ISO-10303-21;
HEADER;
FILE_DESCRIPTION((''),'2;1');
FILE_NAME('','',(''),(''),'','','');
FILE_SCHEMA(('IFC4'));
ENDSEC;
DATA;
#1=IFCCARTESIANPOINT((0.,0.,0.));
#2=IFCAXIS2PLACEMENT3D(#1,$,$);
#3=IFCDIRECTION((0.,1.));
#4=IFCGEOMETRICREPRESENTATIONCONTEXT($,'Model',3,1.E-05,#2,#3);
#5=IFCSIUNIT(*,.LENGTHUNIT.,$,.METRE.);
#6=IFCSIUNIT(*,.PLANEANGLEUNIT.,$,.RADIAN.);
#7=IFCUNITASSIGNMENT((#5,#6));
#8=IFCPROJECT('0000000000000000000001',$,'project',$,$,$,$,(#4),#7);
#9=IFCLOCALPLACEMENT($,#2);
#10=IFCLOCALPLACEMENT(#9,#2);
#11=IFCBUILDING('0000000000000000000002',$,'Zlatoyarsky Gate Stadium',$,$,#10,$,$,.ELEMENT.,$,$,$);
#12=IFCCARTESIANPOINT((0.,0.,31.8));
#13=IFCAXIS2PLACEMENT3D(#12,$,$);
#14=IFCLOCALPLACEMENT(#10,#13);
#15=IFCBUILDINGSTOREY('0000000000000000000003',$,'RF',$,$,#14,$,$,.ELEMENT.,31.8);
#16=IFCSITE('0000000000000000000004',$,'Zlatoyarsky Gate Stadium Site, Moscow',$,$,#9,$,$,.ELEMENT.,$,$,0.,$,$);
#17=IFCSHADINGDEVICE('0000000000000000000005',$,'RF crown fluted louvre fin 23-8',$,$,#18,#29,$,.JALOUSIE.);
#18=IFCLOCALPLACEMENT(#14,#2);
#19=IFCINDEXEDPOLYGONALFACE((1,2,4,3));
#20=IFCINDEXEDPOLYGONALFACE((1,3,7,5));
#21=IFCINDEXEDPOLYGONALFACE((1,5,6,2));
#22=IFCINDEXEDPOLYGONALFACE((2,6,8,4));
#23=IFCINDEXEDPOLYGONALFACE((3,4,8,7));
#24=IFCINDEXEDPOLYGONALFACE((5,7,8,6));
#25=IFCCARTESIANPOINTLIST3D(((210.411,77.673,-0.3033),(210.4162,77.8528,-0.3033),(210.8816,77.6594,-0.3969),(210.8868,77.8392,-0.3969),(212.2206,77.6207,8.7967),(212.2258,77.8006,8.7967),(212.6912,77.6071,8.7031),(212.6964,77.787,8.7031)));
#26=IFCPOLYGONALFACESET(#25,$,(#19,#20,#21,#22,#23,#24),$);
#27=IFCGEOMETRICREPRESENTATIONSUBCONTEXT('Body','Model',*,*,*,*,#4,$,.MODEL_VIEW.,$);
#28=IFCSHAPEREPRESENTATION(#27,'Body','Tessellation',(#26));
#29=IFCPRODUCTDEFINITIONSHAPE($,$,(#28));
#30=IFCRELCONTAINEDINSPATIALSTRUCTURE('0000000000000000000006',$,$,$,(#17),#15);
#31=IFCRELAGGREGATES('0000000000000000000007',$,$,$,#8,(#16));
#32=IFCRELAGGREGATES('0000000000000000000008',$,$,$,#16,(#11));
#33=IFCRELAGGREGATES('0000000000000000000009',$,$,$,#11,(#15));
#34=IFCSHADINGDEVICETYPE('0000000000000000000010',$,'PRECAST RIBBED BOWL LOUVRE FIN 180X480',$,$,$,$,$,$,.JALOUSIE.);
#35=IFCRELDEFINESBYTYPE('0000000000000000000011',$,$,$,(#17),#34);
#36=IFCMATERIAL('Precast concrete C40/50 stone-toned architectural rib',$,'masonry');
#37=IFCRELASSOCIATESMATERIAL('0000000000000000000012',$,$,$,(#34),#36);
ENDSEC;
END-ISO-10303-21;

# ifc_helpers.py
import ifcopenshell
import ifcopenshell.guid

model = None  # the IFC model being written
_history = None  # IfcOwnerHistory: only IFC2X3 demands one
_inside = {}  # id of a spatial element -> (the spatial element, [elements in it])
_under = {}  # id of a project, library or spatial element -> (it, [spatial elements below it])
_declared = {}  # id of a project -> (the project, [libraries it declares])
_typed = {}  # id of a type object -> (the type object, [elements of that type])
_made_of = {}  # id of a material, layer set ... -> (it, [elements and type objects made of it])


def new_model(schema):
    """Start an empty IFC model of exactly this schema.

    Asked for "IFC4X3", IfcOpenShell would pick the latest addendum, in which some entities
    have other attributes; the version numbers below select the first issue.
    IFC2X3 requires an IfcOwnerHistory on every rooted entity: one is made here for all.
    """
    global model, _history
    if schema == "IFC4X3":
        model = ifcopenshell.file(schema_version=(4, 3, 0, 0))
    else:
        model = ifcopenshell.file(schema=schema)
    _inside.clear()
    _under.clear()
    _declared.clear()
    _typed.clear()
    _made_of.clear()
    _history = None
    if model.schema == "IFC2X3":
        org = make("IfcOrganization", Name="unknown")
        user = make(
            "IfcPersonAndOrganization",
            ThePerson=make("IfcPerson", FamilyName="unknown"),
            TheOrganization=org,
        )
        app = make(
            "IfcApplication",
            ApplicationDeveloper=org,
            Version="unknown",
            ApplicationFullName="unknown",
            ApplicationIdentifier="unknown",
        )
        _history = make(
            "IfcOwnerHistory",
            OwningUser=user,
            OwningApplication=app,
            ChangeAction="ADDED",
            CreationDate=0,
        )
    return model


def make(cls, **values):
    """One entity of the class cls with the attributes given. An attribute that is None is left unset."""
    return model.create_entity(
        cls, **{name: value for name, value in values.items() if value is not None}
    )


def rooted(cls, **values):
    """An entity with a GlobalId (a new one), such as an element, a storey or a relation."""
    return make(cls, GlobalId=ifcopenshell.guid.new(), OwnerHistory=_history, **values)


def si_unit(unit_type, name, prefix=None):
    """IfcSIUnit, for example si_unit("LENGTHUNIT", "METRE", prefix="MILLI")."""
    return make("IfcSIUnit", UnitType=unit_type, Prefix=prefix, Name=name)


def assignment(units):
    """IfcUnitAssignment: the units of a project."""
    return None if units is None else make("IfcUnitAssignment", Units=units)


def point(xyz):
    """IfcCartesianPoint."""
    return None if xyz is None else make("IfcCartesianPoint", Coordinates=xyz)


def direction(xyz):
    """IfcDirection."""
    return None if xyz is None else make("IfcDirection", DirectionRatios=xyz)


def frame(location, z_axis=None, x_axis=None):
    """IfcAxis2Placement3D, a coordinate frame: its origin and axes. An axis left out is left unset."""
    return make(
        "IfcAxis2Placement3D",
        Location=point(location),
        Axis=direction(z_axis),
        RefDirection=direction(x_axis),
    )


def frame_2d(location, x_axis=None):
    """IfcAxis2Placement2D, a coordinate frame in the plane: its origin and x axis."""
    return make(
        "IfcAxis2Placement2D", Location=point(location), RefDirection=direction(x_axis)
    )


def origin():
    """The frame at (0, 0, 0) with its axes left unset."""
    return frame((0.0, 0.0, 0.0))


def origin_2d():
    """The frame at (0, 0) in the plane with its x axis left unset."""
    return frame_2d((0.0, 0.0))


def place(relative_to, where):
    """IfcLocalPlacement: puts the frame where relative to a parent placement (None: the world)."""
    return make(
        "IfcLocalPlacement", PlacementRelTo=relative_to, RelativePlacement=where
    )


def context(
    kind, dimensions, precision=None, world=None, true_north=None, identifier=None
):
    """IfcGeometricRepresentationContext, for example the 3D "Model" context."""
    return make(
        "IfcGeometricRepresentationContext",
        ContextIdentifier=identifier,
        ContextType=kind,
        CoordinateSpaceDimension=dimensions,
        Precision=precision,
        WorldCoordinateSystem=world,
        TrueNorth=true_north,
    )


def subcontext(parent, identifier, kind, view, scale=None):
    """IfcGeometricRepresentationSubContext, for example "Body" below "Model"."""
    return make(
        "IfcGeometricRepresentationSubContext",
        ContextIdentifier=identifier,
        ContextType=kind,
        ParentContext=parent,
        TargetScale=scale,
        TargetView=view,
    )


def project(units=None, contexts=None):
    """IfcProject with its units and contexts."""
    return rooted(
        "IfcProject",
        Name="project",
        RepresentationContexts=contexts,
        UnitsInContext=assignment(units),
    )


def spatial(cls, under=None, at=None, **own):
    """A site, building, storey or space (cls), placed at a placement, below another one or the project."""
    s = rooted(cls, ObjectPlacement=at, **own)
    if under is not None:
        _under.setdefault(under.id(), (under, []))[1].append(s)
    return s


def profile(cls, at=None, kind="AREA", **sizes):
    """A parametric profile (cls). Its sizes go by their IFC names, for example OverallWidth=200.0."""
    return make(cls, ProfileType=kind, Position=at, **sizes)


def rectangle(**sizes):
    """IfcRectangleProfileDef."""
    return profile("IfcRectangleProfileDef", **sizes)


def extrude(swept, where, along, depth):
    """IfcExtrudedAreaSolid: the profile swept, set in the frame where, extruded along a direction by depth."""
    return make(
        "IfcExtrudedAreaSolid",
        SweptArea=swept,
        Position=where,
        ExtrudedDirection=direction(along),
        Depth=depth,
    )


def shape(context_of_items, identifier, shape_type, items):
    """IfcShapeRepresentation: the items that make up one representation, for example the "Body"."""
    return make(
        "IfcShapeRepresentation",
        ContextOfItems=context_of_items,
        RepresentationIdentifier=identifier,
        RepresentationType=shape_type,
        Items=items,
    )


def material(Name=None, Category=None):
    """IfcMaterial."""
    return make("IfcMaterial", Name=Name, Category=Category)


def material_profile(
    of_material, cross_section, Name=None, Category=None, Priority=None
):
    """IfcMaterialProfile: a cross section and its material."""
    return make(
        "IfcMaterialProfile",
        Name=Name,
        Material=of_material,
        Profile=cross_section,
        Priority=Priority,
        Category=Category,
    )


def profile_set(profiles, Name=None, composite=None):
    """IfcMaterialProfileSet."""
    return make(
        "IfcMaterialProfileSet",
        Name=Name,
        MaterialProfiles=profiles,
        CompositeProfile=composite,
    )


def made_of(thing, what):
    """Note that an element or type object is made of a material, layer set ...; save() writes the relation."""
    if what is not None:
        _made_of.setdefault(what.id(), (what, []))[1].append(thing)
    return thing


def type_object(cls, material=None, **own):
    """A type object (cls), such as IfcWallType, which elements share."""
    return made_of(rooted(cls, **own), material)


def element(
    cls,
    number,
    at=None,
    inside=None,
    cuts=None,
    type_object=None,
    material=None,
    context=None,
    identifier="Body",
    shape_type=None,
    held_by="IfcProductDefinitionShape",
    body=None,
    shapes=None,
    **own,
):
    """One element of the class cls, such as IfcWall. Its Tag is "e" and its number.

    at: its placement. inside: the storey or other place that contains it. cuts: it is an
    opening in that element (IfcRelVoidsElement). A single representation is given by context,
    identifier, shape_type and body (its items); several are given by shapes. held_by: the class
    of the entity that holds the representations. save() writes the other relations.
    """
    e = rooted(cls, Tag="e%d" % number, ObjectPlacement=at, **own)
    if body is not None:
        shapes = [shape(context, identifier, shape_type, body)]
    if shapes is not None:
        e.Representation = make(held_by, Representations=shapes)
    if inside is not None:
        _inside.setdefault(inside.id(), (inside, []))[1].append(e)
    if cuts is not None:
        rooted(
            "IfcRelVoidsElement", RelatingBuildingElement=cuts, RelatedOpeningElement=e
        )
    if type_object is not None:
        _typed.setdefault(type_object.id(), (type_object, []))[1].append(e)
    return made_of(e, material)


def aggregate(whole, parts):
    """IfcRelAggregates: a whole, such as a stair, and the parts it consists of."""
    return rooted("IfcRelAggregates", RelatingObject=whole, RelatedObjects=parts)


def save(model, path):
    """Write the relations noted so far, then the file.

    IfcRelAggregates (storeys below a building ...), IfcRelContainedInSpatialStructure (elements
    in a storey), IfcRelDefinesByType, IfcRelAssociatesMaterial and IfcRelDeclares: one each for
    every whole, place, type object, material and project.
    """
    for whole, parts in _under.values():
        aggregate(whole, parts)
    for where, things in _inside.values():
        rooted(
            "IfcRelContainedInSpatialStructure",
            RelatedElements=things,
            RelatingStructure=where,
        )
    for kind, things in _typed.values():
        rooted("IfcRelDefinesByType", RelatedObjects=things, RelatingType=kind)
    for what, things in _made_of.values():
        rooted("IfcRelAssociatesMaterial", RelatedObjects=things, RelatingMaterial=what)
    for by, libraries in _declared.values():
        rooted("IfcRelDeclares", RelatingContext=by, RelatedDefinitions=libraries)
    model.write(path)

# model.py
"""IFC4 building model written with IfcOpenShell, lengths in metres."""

from ifc_helpers import new_model, si_unit, direction, frame, origin, origin_2d, place, context, subcontext, project, spatial, rectangle, extrude, material, material_profile, profile_set, type_object, element, save


model = new_model("IFC4")

# Units and contexts
model_context = context("Model", 3, precision=1e-05, world=origin(), true_north=direction((0.0, 1.0)))
body_context = subcontext(model_context, "Body", "Model", "MODEL_VIEW")
ifc_project = project(units=[si_unit("LENGTHUNIT", "METRE"), si_unit("PLANEANGLEUNIT", "RADIAN")], contexts=[model_context])

# Site, building, storey
site_placement = place(None, origin())
site = spatial("IfcSite", under=ifc_project, at=site_placement, Name="Zlatoyarsky Gate Stadium Site, Moscow", CompositionType="ELEMENT", RefElevation=0.0)
building_placement = place(site_placement, origin())
building = spatial("IfcBuilding", under=site, at=building_placement, Name="Zlatoyarsky Gate Stadium", CompositionType="ELEMENT")
storey_placement = place(building_placement, frame((0.0, 0.0, 31.8)))
storey = spatial("IfcBuildingStorey", under=building, at=storey_placement, Name="RF", CompositionType="ELEMENT", Elevation=31.8)

# Shading device
ifc_material_1 = material(Name="Precast concrete C40/50 stone-toned architectural rib", Category="masonry")
ifc_material_profile_1 = material_profile(ifc_material_1, rectangle(XDim=0.1799, YDim=0.48, at=origin_2d()), Name="RIB 180X480")
ifc_profile_set_1 = profile_set([ifc_material_profile_1], Name="Precast concrete C40/50 stone-toned architectural rib")
shading_device_type = type_object("IfcShadingDeviceType", Name="PRECAST RIBBED BOWL LOUVRE FIN 180X480", PredefinedType="JALOUSIE", material=ifc_profile_set_1)
shading_device_1_placement = place(storey_placement, frame((210.6489, 77.7561, -0.3501), z_axis=(0.19503, -0.005631, 0.980781), x_axis=(0.02886, 0.999583, 0.0)))
element("IfcShadingDevice", 1, at=shading_device_1_placement, inside=storey, type_object=shading_device_type, Name="RF crown fluted louvre fin 23-8", PredefinedType="JALOUSIE", context=body_context, shape_type="SweptSolid", body=[
    extrude(rectangle(XDim=0.1799, YDim=0.48, at=origin_2d()), origin(), (0.0, 0.0, 1.0), 9.2783),
])

save(model, "model.ifc")
